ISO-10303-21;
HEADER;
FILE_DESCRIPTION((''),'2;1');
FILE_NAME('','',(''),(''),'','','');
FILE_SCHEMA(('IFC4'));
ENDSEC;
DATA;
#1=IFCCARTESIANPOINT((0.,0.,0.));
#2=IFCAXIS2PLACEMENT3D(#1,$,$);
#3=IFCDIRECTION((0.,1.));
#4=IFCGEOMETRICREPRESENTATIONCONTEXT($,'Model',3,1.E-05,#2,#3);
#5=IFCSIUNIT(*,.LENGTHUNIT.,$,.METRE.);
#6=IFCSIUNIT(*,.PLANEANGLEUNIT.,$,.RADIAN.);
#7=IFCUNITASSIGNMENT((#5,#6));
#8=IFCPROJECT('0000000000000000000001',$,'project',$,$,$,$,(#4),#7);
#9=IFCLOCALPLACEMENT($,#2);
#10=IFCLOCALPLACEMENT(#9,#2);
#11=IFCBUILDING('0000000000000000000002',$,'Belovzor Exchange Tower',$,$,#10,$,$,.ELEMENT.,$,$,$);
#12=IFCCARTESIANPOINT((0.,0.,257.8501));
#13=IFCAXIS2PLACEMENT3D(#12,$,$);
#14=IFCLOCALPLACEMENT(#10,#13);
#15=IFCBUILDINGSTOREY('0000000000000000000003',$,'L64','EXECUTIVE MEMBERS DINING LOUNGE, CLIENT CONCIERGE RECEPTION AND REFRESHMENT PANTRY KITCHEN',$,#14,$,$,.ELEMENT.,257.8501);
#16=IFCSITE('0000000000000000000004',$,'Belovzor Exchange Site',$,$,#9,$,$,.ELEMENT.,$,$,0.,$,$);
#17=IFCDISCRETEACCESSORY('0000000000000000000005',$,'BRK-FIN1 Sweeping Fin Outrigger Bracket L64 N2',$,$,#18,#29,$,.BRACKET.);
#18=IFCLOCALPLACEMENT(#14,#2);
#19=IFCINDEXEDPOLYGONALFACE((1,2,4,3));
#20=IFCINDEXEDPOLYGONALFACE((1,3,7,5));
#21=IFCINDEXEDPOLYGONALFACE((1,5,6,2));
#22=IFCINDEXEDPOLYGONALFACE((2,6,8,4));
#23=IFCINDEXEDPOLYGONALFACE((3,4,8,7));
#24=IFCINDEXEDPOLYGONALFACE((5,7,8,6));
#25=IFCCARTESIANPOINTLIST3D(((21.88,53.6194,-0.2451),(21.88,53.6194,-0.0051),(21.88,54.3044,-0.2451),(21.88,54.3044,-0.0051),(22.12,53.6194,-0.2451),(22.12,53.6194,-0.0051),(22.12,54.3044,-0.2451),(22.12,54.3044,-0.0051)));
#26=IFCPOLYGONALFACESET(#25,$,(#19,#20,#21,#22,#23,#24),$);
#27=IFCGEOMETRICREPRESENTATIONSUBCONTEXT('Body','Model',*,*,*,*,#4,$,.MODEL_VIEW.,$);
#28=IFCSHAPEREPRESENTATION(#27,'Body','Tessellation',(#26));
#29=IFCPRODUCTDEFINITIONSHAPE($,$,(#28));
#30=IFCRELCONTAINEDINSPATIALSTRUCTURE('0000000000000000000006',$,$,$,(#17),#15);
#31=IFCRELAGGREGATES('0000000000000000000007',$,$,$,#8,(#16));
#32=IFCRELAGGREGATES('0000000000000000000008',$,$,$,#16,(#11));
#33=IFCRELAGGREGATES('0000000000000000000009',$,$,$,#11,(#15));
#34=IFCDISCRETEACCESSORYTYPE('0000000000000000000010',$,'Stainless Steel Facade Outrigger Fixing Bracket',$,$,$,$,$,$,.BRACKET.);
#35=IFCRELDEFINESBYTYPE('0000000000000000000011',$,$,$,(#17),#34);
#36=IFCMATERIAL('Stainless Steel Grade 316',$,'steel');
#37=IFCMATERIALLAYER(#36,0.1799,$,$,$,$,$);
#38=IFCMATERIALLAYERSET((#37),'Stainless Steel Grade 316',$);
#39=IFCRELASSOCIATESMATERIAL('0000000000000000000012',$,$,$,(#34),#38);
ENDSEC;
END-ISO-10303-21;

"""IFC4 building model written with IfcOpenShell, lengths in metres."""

from ifc_helpers import new_model, si_unit, direction, frame, origin, origin_2d, place, context, subcontext, project, spatial, rectangle, extrude, material, layer, layer_set, type_object, element, save


model = new_model("IFC4")

# Units and contexts
model_context = context("Model", 3, precision=1e-05, world=origin(), true_north=direction((0.0, 1.0)))
body_context = subcontext(model_context, "Body", "Model", "MODEL_VIEW")
ifc_project = project(units=[si_unit("LENGTHUNIT", "METRE"), si_unit("PLANEANGLEUNIT", "RADIAN")], contexts=[model_context])

# Site, building, storey
site_placement = place(None, origin())
site = spatial("IfcSite", under=ifc_project, at=site_placement, Name="Belovzor Exchange Site", CompositionType="ELEMENT", RefElevation=0.0)
building_placement = place(site_placement, origin())
building = spatial("IfcBuilding", under=site, at=building_placement, Name="Belovzor Exchange Tower", CompositionType="ELEMENT")
storey_placement = place(building_placement, frame((0.0, 0.0, 257.8501)))
storey = spatial("IfcBuildingStorey", under=building, at=storey_placement, Name="L64", Description="EXECUTIVE MEMBERS DINING LOUNGE, CLIENT CONCIERGE RECEPTION AND REFRESHMENT PANTRY KITCHEN", CompositionType="ELEMENT", Elevation=257.8501)

# Discrete accessory
ifc_material_1 = material(Name="Stainless Steel Grade 316", Category="steel")
ifc_layer_1 = layer(ifc_material_1, 0.1799)
ifc_layer_set_1 = layer_set([ifc_layer_1], Name="Stainless Steel Grade 316")
discrete_accessory_type = type_object("IfcDiscreteAccessoryType", Name="Stainless Steel Facade Outrigger Fixing Bracket", PredefinedType="BRACKET", material=ifc_layer_set_1)
discrete_accessory_placement = place(storey_placement, frame((22.0, 53.9619, -0.2451), z_axis=(0.0, 0.0, 1.0), x_axis=(0.0, 1.0, 0.0)))
element("IfcDiscreteAccessory", 1, at=discrete_accessory_placement, inside=storey, type_object=discrete_accessory_type, Name="BRK-FIN1 Sweeping Fin Outrigger Bracket L64 N2", PredefinedType="BRACKET", context=body_context, shape_type="SweptSolid", body=[
    extrude(rectangle(XDim=0.6851, YDim=0.24, at=origin_2d()), origin(), (0.0, 0.0, 1.0), 0.24),
])

save(model, "model.ifc")
